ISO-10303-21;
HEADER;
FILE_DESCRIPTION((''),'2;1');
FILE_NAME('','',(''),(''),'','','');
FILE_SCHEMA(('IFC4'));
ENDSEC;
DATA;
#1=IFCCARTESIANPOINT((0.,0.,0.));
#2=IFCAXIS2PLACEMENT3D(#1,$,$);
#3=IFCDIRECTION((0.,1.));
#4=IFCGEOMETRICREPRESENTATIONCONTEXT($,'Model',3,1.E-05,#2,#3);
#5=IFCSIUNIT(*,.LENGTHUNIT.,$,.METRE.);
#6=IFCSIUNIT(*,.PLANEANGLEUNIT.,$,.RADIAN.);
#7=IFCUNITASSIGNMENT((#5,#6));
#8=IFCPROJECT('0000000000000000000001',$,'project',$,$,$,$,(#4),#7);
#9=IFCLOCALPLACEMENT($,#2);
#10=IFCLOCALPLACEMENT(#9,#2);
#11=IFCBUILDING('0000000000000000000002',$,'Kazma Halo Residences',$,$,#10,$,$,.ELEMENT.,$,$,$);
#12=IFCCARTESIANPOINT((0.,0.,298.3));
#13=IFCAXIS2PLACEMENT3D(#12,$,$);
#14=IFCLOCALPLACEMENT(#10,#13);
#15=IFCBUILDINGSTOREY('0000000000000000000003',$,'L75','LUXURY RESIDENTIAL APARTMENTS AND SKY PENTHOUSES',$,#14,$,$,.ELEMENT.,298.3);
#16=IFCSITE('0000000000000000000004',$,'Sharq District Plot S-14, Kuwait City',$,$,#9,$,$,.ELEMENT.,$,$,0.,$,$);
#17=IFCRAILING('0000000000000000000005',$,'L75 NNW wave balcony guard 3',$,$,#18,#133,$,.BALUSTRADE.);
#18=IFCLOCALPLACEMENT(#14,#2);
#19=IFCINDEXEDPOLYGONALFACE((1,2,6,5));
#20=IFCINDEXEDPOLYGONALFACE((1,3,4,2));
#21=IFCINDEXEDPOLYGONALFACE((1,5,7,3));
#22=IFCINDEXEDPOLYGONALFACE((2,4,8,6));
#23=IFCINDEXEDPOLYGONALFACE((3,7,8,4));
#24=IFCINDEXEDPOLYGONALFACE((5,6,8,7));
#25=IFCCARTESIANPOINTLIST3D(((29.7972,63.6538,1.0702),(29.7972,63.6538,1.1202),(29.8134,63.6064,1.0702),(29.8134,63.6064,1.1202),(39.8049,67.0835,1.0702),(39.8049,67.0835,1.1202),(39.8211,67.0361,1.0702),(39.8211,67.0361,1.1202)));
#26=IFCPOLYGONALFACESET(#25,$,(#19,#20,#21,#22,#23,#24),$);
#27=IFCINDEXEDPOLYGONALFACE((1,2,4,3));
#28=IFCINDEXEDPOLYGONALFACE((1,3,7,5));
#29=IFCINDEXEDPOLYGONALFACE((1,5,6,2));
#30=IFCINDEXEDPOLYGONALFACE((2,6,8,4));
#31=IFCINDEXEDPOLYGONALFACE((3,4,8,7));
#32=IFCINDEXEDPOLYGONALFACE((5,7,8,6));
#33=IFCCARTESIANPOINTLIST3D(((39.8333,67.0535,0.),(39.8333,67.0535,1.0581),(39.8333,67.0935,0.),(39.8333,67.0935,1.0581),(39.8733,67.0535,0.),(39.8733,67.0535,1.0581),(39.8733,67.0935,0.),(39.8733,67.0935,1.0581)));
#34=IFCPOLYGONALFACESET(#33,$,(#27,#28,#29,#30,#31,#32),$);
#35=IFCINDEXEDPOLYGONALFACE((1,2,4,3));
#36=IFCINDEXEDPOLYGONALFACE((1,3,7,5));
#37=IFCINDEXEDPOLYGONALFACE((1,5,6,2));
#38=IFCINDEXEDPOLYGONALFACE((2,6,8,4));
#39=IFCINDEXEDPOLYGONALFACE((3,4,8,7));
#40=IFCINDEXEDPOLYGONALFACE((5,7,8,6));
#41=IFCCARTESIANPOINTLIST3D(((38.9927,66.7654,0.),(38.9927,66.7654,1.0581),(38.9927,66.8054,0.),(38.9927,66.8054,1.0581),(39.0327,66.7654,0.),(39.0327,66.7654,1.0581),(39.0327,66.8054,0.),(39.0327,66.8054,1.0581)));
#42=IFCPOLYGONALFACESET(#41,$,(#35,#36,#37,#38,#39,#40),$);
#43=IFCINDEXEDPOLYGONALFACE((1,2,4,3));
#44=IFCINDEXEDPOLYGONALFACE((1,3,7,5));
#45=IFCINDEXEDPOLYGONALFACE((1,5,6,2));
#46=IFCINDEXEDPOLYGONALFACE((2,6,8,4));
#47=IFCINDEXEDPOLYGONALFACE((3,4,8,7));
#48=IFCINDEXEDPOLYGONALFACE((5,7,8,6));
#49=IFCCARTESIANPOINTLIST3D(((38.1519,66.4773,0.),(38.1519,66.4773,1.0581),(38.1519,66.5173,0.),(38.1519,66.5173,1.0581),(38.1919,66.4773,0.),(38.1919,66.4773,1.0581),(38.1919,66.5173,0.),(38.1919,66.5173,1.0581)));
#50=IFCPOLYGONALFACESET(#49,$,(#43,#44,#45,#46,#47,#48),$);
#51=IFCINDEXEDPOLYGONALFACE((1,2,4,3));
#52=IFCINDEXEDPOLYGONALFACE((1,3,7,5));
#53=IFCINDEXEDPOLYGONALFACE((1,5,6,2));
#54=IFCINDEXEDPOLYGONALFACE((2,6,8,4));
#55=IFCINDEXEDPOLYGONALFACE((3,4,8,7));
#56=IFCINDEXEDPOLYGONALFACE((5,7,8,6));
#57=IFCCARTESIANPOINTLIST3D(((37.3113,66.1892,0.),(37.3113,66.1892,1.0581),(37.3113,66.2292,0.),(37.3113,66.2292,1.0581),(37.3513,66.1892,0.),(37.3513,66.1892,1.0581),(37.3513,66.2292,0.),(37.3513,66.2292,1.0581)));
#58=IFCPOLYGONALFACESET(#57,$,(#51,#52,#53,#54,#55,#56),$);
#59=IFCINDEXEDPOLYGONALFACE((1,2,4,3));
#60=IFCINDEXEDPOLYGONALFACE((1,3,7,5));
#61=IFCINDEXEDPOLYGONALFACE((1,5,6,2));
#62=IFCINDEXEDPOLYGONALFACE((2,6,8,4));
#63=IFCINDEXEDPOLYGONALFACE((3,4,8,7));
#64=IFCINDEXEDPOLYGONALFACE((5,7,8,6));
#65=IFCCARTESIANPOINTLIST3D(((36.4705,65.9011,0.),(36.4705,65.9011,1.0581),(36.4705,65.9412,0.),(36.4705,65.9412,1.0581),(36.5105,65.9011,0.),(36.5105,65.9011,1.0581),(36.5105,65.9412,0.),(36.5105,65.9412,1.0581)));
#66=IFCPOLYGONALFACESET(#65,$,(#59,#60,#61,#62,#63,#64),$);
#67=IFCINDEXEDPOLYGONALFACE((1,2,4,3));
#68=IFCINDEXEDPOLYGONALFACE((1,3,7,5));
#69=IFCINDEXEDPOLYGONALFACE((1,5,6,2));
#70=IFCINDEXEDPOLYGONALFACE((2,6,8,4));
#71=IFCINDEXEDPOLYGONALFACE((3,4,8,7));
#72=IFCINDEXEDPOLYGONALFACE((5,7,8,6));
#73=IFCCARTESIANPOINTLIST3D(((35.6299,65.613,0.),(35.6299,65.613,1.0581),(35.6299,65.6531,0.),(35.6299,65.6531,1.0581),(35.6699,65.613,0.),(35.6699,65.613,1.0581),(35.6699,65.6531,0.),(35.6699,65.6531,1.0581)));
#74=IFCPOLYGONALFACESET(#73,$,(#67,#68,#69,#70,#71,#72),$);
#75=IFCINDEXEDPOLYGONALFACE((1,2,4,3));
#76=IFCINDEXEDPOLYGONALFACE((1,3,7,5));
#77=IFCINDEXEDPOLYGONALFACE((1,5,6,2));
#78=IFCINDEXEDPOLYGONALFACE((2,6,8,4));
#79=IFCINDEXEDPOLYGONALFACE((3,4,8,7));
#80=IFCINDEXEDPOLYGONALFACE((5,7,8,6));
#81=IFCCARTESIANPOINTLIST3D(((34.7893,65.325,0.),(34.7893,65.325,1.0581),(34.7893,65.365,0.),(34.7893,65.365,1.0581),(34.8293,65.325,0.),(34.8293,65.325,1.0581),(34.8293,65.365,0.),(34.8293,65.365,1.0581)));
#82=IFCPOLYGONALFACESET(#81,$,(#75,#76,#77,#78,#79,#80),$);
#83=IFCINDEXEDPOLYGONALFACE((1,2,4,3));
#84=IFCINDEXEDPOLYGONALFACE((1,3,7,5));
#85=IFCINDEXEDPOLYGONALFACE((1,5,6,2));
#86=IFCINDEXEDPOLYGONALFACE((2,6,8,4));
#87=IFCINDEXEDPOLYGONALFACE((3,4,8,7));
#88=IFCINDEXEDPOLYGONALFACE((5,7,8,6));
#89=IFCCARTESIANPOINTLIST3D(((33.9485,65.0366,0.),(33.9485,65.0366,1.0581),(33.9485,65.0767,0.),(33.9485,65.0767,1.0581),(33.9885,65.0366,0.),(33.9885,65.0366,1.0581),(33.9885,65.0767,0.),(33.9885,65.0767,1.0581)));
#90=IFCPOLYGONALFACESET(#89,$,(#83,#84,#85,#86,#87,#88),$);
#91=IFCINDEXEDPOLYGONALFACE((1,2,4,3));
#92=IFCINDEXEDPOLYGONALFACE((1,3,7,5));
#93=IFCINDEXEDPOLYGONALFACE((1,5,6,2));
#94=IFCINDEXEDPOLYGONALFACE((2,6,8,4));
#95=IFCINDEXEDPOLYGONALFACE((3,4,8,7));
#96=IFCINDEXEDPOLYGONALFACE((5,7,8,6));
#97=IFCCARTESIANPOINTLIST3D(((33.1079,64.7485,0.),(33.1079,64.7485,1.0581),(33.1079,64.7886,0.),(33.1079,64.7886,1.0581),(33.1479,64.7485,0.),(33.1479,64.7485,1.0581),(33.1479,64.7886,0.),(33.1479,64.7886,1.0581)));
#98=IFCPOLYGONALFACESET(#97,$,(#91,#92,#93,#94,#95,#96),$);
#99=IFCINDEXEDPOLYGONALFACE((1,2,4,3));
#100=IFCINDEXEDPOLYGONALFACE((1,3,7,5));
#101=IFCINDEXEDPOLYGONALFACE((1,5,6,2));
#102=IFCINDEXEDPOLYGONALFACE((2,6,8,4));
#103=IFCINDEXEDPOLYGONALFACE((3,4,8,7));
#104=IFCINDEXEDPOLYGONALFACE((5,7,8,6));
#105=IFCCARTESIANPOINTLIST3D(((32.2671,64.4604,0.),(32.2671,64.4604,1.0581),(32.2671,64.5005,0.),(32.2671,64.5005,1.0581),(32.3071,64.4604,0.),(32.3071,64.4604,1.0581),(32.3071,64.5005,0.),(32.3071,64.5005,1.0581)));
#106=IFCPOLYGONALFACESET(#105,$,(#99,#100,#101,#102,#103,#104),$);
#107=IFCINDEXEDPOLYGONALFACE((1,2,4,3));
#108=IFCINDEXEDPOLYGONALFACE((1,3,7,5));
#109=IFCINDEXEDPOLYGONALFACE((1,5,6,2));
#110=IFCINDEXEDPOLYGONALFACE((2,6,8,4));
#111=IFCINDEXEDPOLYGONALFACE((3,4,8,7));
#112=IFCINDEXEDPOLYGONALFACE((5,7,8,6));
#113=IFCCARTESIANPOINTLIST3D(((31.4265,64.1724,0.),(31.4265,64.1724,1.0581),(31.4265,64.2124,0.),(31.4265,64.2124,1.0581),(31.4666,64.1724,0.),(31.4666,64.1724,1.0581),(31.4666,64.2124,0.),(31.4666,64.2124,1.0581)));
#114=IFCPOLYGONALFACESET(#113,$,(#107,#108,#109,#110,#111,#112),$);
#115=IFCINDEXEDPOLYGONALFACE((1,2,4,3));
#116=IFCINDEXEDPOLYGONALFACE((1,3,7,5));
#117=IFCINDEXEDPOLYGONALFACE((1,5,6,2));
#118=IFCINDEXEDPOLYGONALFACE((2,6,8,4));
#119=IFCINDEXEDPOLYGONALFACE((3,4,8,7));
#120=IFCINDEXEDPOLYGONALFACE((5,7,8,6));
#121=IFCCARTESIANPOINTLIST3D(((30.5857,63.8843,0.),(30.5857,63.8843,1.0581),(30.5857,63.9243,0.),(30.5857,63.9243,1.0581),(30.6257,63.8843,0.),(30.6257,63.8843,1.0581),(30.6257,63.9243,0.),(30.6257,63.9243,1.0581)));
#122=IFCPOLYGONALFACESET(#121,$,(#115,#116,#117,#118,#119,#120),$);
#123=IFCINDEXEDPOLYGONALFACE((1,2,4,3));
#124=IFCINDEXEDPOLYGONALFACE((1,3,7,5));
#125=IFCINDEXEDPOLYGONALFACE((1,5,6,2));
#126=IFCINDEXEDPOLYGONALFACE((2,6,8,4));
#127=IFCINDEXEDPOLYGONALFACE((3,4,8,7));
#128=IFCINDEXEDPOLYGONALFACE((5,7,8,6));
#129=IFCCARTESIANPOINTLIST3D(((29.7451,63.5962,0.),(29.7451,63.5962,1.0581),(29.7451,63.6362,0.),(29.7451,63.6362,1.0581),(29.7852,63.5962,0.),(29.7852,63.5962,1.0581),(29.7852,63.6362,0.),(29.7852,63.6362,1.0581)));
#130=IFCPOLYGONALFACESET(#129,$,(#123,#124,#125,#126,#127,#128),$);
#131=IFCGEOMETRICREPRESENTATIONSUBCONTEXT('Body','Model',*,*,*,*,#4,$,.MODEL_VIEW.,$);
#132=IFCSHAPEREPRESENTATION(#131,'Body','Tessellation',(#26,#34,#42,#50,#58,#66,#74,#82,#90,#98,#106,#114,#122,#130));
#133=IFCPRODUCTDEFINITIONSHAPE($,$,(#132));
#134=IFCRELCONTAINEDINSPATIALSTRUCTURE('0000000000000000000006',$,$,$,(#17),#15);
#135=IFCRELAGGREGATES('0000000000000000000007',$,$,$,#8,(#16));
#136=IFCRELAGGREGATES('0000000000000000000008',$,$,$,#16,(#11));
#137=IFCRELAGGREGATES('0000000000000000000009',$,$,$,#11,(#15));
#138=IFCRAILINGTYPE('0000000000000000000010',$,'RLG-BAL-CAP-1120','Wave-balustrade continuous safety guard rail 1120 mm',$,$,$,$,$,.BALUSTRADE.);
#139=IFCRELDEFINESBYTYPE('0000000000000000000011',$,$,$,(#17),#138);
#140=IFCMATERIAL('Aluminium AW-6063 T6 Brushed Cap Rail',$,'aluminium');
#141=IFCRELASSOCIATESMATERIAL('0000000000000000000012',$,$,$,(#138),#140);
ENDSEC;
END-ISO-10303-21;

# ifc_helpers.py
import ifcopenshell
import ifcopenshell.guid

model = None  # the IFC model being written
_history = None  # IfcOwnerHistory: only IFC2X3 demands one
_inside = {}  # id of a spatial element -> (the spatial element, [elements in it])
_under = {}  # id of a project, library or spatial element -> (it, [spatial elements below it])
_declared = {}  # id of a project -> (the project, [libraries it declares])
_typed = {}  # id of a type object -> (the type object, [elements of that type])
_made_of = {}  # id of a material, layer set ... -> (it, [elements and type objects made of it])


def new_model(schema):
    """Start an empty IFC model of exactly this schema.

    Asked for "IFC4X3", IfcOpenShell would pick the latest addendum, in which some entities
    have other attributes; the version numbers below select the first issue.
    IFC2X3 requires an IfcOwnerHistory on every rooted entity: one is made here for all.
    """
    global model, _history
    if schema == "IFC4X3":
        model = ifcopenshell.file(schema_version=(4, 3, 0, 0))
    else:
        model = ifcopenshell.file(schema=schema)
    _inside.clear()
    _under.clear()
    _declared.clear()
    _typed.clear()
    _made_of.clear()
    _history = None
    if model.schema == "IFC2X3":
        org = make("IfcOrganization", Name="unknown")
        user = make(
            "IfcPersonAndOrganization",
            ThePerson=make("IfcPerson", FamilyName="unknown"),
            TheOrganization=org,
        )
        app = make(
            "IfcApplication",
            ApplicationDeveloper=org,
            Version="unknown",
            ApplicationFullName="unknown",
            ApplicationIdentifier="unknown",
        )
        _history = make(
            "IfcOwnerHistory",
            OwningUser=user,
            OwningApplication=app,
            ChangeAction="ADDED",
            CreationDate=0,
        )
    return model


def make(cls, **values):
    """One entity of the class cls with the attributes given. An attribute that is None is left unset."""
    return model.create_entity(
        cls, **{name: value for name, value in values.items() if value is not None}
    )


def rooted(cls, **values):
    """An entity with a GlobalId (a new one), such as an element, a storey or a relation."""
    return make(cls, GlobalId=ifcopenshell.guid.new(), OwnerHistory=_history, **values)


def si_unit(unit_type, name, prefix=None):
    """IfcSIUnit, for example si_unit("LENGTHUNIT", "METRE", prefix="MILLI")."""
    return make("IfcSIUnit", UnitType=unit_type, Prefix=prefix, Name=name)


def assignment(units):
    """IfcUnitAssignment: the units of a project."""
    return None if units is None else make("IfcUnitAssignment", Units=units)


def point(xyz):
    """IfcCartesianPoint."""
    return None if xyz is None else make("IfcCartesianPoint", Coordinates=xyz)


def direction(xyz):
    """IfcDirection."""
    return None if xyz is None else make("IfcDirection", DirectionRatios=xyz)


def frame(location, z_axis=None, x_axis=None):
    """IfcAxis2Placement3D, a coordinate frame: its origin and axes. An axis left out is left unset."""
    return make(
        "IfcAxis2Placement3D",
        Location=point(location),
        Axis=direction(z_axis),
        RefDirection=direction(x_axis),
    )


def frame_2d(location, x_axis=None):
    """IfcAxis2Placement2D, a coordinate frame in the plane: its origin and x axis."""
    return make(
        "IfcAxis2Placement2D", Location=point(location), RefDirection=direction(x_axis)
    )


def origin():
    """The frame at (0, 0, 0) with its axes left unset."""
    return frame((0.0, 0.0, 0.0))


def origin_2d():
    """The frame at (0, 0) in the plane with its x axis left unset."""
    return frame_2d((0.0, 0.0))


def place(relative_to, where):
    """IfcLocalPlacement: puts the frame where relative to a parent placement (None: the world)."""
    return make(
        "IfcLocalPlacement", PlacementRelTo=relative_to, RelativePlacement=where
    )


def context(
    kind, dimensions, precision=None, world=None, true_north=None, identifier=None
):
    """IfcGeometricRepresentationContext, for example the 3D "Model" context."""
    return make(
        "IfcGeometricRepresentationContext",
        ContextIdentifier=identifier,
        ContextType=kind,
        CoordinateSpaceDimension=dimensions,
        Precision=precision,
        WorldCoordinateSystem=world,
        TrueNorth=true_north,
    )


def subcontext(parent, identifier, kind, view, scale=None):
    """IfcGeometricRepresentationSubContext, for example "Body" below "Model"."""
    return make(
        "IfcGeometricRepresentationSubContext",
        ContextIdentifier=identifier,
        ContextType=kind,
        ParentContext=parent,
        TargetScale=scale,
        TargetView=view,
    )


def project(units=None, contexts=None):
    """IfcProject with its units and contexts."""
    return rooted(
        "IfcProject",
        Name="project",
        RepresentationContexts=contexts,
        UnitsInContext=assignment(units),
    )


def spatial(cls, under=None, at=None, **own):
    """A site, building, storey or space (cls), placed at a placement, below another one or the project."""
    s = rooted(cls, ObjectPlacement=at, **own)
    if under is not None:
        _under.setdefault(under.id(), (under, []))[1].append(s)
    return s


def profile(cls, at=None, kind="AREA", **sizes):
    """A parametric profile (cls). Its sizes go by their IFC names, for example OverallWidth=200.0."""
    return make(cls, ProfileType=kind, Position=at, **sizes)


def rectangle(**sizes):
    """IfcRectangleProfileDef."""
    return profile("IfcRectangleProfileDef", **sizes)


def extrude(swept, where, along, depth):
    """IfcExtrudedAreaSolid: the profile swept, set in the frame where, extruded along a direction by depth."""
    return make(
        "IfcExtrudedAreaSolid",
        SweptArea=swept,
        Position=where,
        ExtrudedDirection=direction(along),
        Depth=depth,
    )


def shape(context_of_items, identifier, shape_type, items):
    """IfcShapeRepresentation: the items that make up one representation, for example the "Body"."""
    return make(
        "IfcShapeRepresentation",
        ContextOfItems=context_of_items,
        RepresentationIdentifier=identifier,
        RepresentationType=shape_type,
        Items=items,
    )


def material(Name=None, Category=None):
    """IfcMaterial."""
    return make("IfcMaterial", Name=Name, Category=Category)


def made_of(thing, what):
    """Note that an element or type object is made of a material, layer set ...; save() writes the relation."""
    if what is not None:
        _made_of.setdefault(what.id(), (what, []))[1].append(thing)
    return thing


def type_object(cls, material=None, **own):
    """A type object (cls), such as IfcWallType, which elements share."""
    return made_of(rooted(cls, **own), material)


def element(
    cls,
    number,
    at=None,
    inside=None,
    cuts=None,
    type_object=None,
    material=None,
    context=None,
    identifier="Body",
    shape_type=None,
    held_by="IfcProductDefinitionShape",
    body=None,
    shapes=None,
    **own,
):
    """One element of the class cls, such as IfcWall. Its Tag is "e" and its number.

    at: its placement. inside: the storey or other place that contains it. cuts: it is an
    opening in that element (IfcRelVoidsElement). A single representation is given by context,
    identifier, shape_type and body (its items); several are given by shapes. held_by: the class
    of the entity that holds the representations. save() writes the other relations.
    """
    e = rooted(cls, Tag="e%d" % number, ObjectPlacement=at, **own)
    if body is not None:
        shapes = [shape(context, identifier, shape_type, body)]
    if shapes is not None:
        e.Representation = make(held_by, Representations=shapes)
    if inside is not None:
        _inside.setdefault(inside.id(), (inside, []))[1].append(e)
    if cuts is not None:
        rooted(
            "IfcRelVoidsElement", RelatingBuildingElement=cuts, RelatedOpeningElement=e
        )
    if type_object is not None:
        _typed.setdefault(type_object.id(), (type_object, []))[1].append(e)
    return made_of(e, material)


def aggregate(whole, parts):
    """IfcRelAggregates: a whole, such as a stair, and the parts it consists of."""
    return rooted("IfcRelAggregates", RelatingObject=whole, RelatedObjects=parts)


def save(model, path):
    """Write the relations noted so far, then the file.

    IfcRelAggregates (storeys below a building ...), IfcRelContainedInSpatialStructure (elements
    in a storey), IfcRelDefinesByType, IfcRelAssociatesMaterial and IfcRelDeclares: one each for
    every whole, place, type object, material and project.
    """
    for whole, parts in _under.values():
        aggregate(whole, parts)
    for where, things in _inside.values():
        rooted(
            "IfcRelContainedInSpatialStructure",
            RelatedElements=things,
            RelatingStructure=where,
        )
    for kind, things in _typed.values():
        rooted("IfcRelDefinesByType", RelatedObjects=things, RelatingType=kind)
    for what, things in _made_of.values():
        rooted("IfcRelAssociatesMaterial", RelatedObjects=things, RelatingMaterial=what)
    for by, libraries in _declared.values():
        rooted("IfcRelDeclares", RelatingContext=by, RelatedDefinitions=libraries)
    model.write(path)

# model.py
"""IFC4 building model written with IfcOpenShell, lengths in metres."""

from ifc_helpers import new_model, si_unit, direction, frame, origin, origin_2d, place, context, subcontext, project, spatial, rectangle, extrude, material, type_object, element, save


model = new_model("IFC4")

# Units and contexts
model_context = context("Model", 3, precision=1e-05, world=origin(), true_north=direction((0.0, 1.0)))
body_context = subcontext(model_context, "Body", "Model", "MODEL_VIEW")
ifc_project = project(units=[si_unit("LENGTHUNIT", "METRE"), si_unit("PLANEANGLEUNIT", "RADIAN")], contexts=[model_context])

# Site, building, storey
site_placement = place(None, origin())
site = spatial("IfcSite", under=ifc_project, at=site_placement, Name="Sharq District Plot S-14, Kuwait City", CompositionType="ELEMENT", RefElevation=0.0)
building_placement = place(site_placement, origin())
building = spatial("IfcBuilding", under=site, at=building_placement, Name="Kazma Halo Residences", CompositionType="ELEMENT")
storey_placement = place(building_placement, frame((0.0, 0.0, 298.3)))
storey = spatial("IfcBuildingStorey", under=building, at=storey_placement, Name="L75", Description="LUXURY RESIDENTIAL APARTMENTS AND SKY PENTHOUSES", CompositionType="ELEMENT", Elevation=298.3)

# Railing
ifc_material_1 = material(Name="Aluminium AW-6063 T6 Brushed Cap Rail", Category="aluminium")
railing_type = type_object("IfcRailingType", Name="RLG-BAL-CAP-1120", Description="Wave-balustrade continuous safety guard rail 1120 mm", PredefinedType="BALUSTRADE", material=ifc_material_1)
railing_placement = place(storey_placement, frame((39.8533, 67.0735, 0.0)))
element("IfcRailing", 1, at=railing_placement, inside=storey, type_object=railing_type, Name="L75 NNW wave balcony guard 3", PredefinedType="BALUSTRADE", context=body_context, shape_type="SweptSolid", body=[
    extrude(rectangle(XDim=0.05, YDim=0.05, at=origin_2d()), frame((-0.0403, -0.0137, 1.0952), z_axis=(-0.945989, -0.324197, 0.0), x_axis=(0.324197, -0.945989, 0.0)), (0.0, 0.0, 1.0), 10.5791),
    extrude(rectangle(XDim=0.04, YDim=0.04, at=origin_2d()), origin(), (0.0, 0.0, 1.0), 1.0581),
    extrude(rectangle(XDim=0.04, YDim=0.04, at=origin_2d()), frame((-0.8406, -0.2881, 0.0)), (0.0, 0.0, 1.0), 1.0581),
    extrude(rectangle(XDim=0.04, YDim=0.04, at=origin_2d()), frame((-1.6814, -0.5762, 0.0)), (0.0, 0.0, 1.0), 1.0581),
    extrude(rectangle(XDim=0.04, YDim=0.04, at=origin_2d()), frame((-2.522, -0.8643, 0.0)), (0.0, 0.0, 1.0), 1.0581),
    extrude(rectangle(XDim=0.04, YDim=0.04, at=origin_2d()), frame((-3.3628, -1.1523, 0.0)), (0.0, 0.0, 1.0), 1.0581),
    extrude(rectangle(XDim=0.04, YDim=0.04, at=origin_2d()), frame((-4.2034, -1.4404, 0.0)), (0.0, 0.0, 1.0), 1.0581),
    extrude(rectangle(XDim=0.04, YDim=0.04, at=origin_2d()), frame((-5.0439, -1.7285, 0.0)), (0.0, 0.0, 1.0), 1.0581),
    extrude(rectangle(XDim=0.04, YDim=0.04, at=origin_2d()), frame((-5.8848, -2.0168, 0.0)), (0.0, 0.0, 1.0), 1.0581),
    extrude(rectangle(XDim=0.04, YDim=0.04, at=origin_2d()), frame((-6.7253, -2.3049, 0.0)), (0.0, 0.0, 1.0), 1.0581),
    extrude(rectangle(XDim=0.04, YDim=0.04, at=origin_2d()), frame((-7.5662, -2.593, 0.0)), (0.0, 0.0, 1.0), 1.0581),
    extrude(rectangle(XDim=0.04, YDim=0.04, at=origin_2d()), frame((-8.4067, -2.8811, 0.0)), (0.0, 0.0, 1.0), 1.0581),
    extrude(rectangle(XDim=0.04, YDim=0.04, at=origin_2d()), frame((-9.2476, -3.1692, 0.0)), (0.0, 0.0, 1.0), 1.0581),
    extrude(rectangle(XDim=0.04, YDim=0.04, at=origin_2d()), frame((-10.0881, -3.4573, 0.0)), (0.0, 0.0, 1.0), 1.0581),
])

save(model, "model.ifc")
